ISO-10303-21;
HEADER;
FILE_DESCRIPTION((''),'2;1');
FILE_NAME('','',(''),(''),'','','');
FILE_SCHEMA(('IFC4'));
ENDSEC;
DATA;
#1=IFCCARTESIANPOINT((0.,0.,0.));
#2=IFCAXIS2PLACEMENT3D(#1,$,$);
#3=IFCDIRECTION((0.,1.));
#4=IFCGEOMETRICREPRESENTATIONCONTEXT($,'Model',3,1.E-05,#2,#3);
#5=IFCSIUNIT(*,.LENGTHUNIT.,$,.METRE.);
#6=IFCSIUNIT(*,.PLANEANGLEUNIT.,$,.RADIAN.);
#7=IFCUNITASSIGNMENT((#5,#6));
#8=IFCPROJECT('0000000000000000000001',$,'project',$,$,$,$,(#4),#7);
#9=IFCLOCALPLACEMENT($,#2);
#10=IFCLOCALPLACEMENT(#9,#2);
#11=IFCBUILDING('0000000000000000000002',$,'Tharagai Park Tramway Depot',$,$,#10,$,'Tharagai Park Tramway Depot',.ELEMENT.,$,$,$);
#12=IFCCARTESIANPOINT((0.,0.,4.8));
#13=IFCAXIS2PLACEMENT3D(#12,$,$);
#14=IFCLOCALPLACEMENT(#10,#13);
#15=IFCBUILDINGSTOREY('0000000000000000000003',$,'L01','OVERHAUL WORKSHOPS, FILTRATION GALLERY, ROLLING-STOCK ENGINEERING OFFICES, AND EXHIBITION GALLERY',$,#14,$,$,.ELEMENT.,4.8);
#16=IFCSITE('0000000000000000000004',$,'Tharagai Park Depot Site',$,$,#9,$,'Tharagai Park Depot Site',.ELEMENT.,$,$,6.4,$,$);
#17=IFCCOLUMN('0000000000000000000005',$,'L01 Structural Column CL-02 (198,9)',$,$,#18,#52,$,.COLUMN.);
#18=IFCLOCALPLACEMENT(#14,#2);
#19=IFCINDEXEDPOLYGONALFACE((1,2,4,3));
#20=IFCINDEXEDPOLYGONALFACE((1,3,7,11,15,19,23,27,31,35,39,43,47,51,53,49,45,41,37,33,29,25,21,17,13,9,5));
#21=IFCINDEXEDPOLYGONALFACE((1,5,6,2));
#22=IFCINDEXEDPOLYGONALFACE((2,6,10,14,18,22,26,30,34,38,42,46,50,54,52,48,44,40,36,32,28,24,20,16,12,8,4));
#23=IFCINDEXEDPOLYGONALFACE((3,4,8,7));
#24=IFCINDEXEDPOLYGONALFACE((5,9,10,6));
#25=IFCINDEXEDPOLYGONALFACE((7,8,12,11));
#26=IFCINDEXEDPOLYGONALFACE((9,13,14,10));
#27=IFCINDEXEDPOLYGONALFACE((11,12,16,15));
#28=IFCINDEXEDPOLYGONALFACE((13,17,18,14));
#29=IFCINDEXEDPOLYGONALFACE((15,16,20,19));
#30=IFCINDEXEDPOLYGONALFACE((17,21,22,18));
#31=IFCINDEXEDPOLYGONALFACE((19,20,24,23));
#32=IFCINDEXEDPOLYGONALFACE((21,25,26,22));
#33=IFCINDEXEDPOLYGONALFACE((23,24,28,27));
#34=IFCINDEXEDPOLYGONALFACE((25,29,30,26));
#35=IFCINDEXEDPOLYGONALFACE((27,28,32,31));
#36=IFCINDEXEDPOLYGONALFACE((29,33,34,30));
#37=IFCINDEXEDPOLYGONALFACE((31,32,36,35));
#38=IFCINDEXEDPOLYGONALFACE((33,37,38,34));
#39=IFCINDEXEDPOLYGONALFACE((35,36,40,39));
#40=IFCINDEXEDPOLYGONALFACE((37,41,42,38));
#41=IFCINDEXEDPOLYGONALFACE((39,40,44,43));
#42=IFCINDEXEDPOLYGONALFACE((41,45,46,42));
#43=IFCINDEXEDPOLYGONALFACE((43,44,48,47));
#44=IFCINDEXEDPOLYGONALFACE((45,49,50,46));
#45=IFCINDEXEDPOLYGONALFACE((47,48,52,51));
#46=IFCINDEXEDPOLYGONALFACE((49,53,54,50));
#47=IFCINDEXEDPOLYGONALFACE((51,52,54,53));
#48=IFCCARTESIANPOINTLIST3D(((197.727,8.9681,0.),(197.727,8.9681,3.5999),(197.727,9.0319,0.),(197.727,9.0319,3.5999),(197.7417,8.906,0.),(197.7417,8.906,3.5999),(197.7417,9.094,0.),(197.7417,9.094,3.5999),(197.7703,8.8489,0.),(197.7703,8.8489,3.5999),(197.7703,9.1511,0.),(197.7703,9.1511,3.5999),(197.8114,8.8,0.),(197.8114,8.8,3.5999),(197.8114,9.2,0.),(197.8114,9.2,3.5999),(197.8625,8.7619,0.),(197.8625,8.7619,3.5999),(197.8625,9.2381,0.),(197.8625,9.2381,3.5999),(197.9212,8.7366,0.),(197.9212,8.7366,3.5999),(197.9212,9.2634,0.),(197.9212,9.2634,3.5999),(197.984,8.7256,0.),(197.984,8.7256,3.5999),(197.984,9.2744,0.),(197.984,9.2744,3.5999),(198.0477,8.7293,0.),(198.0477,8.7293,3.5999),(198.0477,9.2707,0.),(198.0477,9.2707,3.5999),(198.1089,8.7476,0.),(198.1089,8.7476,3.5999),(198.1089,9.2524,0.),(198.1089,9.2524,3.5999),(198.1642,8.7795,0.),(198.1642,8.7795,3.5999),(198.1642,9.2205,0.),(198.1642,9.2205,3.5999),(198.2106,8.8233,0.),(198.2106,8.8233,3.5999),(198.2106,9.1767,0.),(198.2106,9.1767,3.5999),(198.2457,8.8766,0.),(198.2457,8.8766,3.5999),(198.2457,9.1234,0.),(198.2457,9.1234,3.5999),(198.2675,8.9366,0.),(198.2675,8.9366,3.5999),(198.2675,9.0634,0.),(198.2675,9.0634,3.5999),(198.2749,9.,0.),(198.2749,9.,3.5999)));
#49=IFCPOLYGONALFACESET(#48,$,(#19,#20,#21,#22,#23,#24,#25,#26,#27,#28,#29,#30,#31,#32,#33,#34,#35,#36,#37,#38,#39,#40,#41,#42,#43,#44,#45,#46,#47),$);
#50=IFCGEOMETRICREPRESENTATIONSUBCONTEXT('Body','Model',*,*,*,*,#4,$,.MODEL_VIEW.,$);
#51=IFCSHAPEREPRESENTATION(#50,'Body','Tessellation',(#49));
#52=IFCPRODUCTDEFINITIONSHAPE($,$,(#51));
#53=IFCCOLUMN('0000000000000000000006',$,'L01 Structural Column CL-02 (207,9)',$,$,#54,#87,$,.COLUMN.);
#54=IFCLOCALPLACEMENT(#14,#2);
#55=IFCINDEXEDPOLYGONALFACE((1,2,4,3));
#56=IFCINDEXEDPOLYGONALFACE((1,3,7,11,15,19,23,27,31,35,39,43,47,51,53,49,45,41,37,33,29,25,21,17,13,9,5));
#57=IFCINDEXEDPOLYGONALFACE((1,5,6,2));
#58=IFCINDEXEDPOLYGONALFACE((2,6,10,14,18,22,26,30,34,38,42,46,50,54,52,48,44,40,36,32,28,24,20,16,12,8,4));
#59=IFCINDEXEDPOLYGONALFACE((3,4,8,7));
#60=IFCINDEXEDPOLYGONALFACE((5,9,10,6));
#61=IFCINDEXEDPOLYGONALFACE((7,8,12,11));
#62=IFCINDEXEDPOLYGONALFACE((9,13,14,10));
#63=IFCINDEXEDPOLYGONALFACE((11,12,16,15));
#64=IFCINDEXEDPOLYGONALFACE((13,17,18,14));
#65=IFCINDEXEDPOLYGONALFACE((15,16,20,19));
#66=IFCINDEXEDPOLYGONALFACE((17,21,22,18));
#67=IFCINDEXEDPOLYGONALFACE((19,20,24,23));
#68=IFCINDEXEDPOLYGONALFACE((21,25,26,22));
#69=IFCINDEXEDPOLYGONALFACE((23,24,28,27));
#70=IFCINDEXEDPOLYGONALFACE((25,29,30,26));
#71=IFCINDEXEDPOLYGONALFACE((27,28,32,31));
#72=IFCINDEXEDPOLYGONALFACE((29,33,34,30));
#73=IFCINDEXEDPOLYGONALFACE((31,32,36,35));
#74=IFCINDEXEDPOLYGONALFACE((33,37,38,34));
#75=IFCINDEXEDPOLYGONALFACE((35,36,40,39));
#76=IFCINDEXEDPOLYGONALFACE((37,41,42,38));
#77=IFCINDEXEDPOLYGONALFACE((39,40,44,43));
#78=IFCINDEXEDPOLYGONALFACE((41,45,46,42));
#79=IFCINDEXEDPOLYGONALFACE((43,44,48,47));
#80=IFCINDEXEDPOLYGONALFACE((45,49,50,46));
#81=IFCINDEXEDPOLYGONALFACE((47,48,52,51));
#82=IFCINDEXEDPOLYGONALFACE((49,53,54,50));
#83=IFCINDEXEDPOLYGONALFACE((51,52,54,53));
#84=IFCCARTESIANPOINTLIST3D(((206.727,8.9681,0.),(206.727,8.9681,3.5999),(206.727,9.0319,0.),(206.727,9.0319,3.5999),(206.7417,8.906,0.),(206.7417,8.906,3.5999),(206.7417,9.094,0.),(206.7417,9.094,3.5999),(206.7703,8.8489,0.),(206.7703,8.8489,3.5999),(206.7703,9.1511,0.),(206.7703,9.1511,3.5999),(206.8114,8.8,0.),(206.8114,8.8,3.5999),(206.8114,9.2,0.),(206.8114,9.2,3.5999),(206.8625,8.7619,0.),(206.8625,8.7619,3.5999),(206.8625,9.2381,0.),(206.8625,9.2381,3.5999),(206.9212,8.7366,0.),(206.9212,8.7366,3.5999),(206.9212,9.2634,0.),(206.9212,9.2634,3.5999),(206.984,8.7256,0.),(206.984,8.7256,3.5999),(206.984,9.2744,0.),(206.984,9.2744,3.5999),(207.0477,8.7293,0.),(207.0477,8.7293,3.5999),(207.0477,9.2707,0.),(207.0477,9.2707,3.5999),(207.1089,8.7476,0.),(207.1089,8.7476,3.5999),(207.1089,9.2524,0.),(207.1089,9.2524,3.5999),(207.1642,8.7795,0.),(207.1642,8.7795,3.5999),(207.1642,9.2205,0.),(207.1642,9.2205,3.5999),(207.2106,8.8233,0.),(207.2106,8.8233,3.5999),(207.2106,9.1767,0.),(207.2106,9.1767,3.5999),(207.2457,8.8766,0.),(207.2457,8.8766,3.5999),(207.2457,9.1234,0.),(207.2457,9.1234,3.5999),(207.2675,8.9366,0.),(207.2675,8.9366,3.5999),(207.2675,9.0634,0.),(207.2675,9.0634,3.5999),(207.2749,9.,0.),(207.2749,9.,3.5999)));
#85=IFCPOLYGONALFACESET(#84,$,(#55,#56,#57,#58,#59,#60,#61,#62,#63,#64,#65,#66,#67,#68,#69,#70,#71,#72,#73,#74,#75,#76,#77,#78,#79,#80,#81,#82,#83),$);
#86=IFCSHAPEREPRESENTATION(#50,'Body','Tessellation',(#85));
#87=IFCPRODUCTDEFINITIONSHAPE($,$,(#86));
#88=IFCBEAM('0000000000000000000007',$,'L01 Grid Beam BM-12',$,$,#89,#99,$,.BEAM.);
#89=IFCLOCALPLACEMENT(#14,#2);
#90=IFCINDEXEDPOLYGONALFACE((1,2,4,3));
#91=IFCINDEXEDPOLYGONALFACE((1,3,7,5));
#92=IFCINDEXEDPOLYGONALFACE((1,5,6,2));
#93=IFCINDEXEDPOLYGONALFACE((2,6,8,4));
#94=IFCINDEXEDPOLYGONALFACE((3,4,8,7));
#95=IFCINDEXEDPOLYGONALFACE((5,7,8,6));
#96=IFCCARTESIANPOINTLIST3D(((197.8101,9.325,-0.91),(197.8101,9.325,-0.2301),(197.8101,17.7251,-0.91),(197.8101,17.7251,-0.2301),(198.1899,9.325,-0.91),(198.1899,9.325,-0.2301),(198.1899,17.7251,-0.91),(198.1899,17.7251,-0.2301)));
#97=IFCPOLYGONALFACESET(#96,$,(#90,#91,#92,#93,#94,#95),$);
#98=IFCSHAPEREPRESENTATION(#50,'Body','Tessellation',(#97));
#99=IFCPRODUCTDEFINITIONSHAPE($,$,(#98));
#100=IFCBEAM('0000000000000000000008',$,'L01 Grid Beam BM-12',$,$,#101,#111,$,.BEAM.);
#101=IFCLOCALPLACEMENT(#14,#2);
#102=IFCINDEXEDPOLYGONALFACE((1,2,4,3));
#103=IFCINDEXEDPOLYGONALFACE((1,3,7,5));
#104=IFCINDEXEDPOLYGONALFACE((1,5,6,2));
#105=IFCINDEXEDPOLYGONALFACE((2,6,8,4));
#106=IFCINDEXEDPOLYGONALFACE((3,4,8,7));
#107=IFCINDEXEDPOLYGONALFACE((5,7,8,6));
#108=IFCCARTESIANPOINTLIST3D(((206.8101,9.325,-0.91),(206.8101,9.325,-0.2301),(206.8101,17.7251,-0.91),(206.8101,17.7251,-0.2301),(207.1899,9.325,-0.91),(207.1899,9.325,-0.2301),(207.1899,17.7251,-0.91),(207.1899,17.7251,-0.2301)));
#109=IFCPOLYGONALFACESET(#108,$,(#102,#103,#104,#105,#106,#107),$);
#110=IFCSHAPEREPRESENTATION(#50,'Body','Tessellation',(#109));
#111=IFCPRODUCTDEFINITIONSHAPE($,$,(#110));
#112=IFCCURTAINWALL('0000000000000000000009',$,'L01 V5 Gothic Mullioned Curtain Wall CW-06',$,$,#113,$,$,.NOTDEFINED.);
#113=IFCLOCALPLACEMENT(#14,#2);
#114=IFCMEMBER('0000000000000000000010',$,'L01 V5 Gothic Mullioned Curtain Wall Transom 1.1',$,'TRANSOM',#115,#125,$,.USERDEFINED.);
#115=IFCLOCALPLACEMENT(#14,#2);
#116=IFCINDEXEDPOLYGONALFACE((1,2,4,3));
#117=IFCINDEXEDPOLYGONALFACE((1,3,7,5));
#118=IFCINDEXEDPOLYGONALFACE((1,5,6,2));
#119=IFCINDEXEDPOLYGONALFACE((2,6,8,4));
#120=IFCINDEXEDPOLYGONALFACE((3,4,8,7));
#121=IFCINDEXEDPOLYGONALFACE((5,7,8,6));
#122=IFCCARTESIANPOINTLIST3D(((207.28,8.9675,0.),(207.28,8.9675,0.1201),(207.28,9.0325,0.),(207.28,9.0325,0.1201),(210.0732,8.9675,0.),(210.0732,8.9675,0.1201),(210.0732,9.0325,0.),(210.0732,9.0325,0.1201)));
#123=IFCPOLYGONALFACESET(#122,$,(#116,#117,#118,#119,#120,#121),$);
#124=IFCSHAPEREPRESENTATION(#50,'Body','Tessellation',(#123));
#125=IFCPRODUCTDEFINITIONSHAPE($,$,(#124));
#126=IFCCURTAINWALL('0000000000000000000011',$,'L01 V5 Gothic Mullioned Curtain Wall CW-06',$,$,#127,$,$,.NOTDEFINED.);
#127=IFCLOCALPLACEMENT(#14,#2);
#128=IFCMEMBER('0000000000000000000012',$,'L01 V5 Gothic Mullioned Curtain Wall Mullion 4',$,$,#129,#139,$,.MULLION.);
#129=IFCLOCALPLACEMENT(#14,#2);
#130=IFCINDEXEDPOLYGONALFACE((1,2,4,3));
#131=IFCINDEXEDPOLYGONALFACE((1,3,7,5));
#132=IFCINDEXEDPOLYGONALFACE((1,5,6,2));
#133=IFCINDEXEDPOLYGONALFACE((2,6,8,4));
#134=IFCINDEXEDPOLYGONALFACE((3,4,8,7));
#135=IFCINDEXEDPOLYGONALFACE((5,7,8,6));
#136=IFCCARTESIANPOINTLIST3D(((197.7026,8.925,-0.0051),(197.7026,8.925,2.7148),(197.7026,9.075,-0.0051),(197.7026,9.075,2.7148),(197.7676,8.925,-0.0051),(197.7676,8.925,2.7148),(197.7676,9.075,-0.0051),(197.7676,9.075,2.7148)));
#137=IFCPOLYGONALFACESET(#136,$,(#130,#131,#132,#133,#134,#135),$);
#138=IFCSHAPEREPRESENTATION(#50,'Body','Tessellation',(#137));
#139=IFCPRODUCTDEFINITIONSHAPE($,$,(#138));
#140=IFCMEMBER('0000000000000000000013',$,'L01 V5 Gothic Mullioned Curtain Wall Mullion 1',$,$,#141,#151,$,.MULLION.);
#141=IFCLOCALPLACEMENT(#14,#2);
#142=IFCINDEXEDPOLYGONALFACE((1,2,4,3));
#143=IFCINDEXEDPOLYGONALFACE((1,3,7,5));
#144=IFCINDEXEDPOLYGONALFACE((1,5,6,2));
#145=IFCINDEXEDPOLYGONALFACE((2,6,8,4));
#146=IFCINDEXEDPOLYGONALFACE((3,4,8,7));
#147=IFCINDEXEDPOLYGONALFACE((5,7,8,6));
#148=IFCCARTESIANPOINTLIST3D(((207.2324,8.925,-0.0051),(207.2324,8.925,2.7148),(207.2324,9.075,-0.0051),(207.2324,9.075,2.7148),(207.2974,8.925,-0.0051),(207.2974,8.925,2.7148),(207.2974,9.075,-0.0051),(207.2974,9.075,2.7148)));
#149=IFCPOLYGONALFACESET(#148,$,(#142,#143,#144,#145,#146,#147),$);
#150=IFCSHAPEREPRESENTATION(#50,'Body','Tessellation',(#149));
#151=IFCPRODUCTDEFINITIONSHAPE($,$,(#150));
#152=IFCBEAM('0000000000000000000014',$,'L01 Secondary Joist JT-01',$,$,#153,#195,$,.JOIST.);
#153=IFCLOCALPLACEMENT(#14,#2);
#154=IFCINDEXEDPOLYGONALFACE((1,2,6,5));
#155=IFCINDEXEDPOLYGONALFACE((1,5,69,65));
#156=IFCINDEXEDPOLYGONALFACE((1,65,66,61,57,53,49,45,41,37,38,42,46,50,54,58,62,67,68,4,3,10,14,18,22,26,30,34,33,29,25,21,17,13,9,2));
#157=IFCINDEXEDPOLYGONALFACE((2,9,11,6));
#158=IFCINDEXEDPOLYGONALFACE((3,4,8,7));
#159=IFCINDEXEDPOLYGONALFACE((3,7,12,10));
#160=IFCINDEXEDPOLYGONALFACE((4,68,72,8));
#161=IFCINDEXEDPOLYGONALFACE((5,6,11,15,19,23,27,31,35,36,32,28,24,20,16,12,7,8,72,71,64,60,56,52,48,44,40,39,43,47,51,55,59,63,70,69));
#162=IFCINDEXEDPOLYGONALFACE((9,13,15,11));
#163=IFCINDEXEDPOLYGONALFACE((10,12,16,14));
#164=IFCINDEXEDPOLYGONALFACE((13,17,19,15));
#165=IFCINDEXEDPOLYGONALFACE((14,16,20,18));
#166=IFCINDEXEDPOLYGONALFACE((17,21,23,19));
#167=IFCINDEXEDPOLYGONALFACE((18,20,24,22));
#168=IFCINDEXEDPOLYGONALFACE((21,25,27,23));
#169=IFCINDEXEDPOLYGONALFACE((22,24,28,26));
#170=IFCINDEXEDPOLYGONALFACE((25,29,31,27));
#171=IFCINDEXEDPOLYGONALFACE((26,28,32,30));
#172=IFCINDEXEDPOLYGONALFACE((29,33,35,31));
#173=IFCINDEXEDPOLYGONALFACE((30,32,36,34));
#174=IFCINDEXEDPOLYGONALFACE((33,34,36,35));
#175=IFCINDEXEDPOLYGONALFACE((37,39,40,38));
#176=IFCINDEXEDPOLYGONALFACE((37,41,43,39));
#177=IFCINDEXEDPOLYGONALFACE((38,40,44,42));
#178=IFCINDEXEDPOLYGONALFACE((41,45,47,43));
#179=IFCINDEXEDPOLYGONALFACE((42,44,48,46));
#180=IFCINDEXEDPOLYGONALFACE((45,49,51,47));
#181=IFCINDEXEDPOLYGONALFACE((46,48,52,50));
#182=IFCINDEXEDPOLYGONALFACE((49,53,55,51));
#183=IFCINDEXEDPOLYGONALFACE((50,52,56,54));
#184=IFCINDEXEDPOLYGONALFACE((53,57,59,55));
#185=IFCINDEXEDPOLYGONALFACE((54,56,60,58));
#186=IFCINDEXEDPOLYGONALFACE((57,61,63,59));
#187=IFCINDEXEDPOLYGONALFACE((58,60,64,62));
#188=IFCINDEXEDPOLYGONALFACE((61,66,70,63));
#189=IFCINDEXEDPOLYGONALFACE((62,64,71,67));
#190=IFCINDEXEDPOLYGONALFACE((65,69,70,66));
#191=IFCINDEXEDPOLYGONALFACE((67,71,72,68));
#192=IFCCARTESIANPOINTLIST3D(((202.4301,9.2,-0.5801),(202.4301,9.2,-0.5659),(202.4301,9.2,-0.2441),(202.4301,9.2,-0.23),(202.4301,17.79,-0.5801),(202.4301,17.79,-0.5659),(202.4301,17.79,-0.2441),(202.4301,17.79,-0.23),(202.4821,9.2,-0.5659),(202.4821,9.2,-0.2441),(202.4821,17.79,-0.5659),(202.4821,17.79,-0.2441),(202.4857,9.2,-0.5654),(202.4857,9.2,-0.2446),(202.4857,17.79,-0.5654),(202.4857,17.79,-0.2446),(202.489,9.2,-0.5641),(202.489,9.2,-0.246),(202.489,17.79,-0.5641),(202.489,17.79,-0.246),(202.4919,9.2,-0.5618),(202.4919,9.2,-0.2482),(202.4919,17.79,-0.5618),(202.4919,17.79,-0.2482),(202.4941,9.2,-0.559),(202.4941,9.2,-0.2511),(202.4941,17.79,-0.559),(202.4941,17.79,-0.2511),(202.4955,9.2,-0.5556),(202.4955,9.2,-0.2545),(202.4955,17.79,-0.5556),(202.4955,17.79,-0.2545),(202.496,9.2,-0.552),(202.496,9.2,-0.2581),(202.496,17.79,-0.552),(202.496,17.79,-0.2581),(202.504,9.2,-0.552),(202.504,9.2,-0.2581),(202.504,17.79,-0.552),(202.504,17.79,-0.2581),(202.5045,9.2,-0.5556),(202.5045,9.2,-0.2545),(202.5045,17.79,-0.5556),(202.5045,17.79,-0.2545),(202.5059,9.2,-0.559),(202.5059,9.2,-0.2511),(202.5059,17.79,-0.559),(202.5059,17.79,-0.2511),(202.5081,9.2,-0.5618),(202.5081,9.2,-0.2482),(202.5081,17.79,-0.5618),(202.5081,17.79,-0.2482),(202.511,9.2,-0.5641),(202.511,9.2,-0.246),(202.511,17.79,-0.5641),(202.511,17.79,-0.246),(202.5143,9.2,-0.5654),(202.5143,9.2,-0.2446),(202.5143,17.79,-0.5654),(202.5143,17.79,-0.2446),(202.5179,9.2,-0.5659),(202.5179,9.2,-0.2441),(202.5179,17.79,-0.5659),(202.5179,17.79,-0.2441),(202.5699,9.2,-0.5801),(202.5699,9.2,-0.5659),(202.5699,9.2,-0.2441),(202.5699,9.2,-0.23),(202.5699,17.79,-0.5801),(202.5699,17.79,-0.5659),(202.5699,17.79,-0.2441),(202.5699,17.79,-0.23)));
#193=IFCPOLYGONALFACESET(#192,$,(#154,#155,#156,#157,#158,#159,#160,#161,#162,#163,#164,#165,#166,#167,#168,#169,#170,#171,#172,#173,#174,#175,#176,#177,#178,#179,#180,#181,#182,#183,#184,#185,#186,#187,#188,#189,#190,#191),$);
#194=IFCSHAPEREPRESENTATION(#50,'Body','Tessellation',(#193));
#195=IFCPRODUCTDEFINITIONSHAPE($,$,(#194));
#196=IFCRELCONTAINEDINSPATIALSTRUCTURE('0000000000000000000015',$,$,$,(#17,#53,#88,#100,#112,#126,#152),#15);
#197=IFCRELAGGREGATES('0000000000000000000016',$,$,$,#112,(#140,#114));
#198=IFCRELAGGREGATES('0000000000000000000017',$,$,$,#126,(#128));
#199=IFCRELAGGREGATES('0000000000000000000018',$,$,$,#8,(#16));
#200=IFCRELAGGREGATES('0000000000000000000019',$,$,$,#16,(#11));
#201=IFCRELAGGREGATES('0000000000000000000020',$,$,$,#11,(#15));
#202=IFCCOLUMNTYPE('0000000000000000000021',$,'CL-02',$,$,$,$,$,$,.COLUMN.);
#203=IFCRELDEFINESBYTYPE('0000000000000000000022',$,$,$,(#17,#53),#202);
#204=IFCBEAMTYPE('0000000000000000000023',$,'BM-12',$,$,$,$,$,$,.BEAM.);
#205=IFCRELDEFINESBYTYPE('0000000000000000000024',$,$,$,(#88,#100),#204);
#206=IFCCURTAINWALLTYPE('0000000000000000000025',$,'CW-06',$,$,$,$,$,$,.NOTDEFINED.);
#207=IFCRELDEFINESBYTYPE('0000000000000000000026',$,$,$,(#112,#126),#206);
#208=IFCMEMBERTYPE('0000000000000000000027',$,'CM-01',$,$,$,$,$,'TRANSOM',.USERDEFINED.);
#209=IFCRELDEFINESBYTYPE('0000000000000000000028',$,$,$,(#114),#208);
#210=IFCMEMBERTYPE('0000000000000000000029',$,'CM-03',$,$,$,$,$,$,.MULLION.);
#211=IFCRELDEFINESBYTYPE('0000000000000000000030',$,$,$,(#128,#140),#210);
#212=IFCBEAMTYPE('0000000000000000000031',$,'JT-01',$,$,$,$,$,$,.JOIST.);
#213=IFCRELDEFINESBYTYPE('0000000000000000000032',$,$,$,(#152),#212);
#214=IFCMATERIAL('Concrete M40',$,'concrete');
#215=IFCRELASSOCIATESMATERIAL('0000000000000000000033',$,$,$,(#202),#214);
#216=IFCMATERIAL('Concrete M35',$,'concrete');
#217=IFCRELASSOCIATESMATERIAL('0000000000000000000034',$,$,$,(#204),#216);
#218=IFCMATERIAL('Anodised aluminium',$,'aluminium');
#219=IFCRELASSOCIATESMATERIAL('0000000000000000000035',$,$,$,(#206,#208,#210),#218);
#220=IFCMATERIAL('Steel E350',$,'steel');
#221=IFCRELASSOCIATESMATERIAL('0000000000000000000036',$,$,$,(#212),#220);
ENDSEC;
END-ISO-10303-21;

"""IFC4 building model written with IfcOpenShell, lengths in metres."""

from ifc_helpers import new_model, si_unit, direction, frame, origin, origin_2d, place, context, subcontext, project, spatial, rectangle, circle, i_section, extrude, material, material_profile, profile_set, type_object, element, aggregate, save


model = new_model("IFC4")

# Units and contexts
model_context = context("Model", 3, precision=1e-05, world=origin(), true_north=direction((0.0, 1.0)))
body_context = subcontext(model_context, "Body", "Model", "MODEL_VIEW")
ifc_project = project(units=[si_unit("LENGTHUNIT", "METRE"), si_unit("PLANEANGLEUNIT", "RADIAN")], contexts=[model_context])

# Site, building, storey
site_placement = place(None, origin())
site = spatial("IfcSite", under=ifc_project, at=site_placement, Name="Tharagai Park Depot Site", LongName="Tharagai Park Depot Site", CompositionType="ELEMENT", RefElevation=6.4)
building_placement = place(site_placement, origin())
building = spatial("IfcBuilding", under=site, at=building_placement, Name="Tharagai Park Tramway Depot", LongName="Tharagai Park Tramway Depot", CompositionType="ELEMENT")
storey_placement = place(building_placement, frame((0.0, 0.0, 4.8)))
storey = spatial("IfcBuildingStorey", under=building, at=storey_placement, Name="L01", Description="OVERHAUL WORKSHOPS, FILTRATION GALLERY, ROLLING-STOCK ENGINEERING OFFICES, AND EXHIBITION GALLERY", CompositionType="ELEMENT", Elevation=4.8)

# Columns
ifc_material_1 = material(Name="Concrete M40", Category="concrete")
ifc_material_profile_1 = material_profile(ifc_material_1, circle(Radius=0.2749, at=origin_2d()), Name="RC D550")
ifc_profile_set_1 = profile_set([ifc_material_profile_1], Name="Concrete M40")
column_type = type_object("IfcColumnType", Name="CL-02", PredefinedType="COLUMN", material=ifc_profile_set_1)
for number, where, z_axis, x_axis, name in (
    (1, (198.0, 9.0, 0.0), (0.0, 0.0, 1.0), (1.0, 0.0, 0.0), "L01 Structural Column CL-02 (198,9)"),
    (2, (207.0, 9.0, 0.0), (0.0, 0.0, 1.0), (1.0, 0.0, 0.0), "L01 Structural Column CL-02 (207,9)"),
):
    element("IfcColumn", number, at=place(storey_placement, frame(where, z_axis=z_axis, x_axis=x_axis)), inside=storey, type_object=column_type, Name=name, PredefinedType="COLUMN", context=body_context, shape_type="SweptSolid", body=[
        extrude(circle(Radius=0.2749, at=origin_2d()), origin(), (0.0, 0.0, 1.0), 3.5999),
    ])

# Beams
ifc_material_2 = material(Name="Concrete M35", Category="concrete")
ifc_material_profile_2 = material_profile(ifc_material_2, rectangle(XDim=0.3799, YDim=0.6799, at=origin_2d()), Name="RC 380x680")
ifc_profile_set_2 = profile_set([ifc_material_profile_2], Name="Concrete M35")
beam_type_1 = type_object("IfcBeamType", Name="BM-12", PredefinedType="BEAM", material=ifc_profile_set_2)
for number, where, z_axis, x_axis, name in (
    (3, (198.0, 9.325, -0.5701), (0.0, 1.0, 0.0), (-1.0, 0.0, 0.0), "L01 Grid Beam BM-12"),
    (4, (207.0, 9.325, -0.5701), (0.0, 1.0, 0.0), (-1.0, 0.0, 0.0), "L01 Grid Beam BM-12"),
):
    element("IfcBeam", number, at=place(storey_placement, frame(where, z_axis=z_axis, x_axis=x_axis)), inside=storey, type_object=beam_type_1, Name=name, PredefinedType="BEAM", context=body_context, shape_type="SweptSolid", body=[
        extrude(rectangle(XDim=0.3799, YDim=0.6799, at=origin_2d()), origin(), (0.0, 0.0, 1.0), 8.4001),
    ])

# Curtain walls, members
ifc_material_3 = material(Name="Anodised aluminium", Category="aluminium")
curtain_wall_type = type_object("IfcCurtainWallType", Name="CW-06", PredefinedType="NOTDEFINED", material=ifc_material_3)
curtain_wall_1_placement = place(storey_placement, origin())
curtain_wall_1 = element("IfcCurtainWall", 5, at=curtain_wall_1_placement, inside=storey, type_object=curtain_wall_type, Name="L01 V5 Gothic Mullioned Curtain Wall CW-06", PredefinedType="NOTDEFINED")
ifc_material_profile_3 = material_profile(ifc_material_3, rectangle(XDim=0.0649, YDim=0.1201, at=origin_2d()), Name="ALU 65x120")
ifc_profile_set_3 = profile_set([ifc_material_profile_3], Name="Anodised aluminium")
member_type_1 = type_object("IfcMemberType", Name="CM-01", ElementType="TRANSOM", PredefinedType="USERDEFINED", material=ifc_profile_set_3)
member_1_placement = place(storey_placement, frame((207.28, 9.0, 0.0601), z_axis=(1.0, 0.0, 0.0), x_axis=(0.0, 1.0, 0.0)))
member_1 = element("IfcMember", 6, at=member_1_placement, type_object=member_type_1, Name="L01 V5 Gothic Mullioned Curtain Wall Transom 1.1", ObjectType="TRANSOM", PredefinedType="USERDEFINED", context=body_context, shape_type="SweptSolid", body=[
    extrude(rectangle(XDim=0.0649, YDim=0.1201, at=origin_2d()), origin(), (0.0, 0.0, 1.0), 2.7932),
])
curtain_wall_2_placement = place(storey_placement, origin())
curtain_wall_2 = element("IfcCurtainWall", 7, at=curtain_wall_2_placement, inside=storey, type_object=curtain_wall_type, Name="L01 V5 Gothic Mullioned Curtain Wall CW-06", PredefinedType="NOTDEFINED")
ifc_material_profile_4 = material_profile(ifc_material_3, rectangle(XDim=0.0649, YDim=0.1499, at=origin_2d()), Name="ALU 65x150")
ifc_profile_set_4 = profile_set([ifc_material_profile_4], Name="Anodised aluminium")
member_type_2 = type_object("IfcMemberType", Name="CM-03", PredefinedType="MULLION", material=ifc_profile_set_4)
member_2_placement = place(storey_placement, frame((197.7351, 9.0, -0.0051), z_axis=(0.0, 0.0, 1.0), x_axis=(1.0, 0.0, 0.0)))
member_2 = element("IfcMember", 8, at=member_2_placement, type_object=member_type_2, Name="L01 V5 Gothic Mullioned Curtain Wall Mullion 4", PredefinedType="MULLION", context=body_context, shape_type="SweptSolid", body=[
    extrude(rectangle(XDim=0.0649, YDim=0.1499, at=origin_2d()), origin(), (0.0, 0.0, 1.0), 2.72),
])

# Member
member_3_placement = place(storey_placement, frame((207.2649, 9.0, -0.0051), z_axis=(0.0, 0.0, 1.0), x_axis=(1.0, 0.0, 0.0)))
member_3 = element("IfcMember", 9, at=member_3_placement, type_object=member_type_2, Name="L01 V5 Gothic Mullioned Curtain Wall Mullion 1", PredefinedType="MULLION", context=body_context, shape_type="SweptSolid", body=[
    extrude(rectangle(XDim=0.0649, YDim=0.1499, at=origin_2d()), origin(), (0.0, 0.0, 1.0), 2.72),
])
aggregate(curtain_wall_1, [member_3, member_1])

# Beam
ifc_material_4 = material(Name="Steel E350", Category="steel")
ifc_material_profile_5 = material_profile(ifc_material_4, i_section(OverallWidth=0.1399, OverallDepth=0.3501, WebThickness=0.0081, FlangeThickness=0.0142, FilletRadius=0.0139, at=origin_2d()), Name="ISMB 350")
ifc_profile_set_5 = profile_set([ifc_material_profile_5], Name="Steel E350")
beam_type_2 = type_object("IfcBeamType", Name="JT-01", PredefinedType="JOIST", material=ifc_profile_set_5)
beam_1_placement = place(storey_placement, frame((202.5, 9.2, -0.405), z_axis=(0.0, 1.0, 0.0), x_axis=(-1.0, 0.0, 0.0)))
element("IfcBeam", 10, at=beam_1_placement, inside=storey, type_object=beam_type_2, Name="L01 Secondary Joist JT-01", PredefinedType="JOIST", context=body_context, shape_type="SweptSolid", body=[
    extrude(i_section(OverallWidth=0.1399, OverallDepth=0.3501, WebThickness=0.0081, FlangeThickness=0.0142, FilletRadius=0.0139, at=origin_2d()), origin(), (0.0, 0.0, 1.0), 8.5901),
])

aggregate(curtain_wall_2, [member_2])

save(model, "model.ifc")
